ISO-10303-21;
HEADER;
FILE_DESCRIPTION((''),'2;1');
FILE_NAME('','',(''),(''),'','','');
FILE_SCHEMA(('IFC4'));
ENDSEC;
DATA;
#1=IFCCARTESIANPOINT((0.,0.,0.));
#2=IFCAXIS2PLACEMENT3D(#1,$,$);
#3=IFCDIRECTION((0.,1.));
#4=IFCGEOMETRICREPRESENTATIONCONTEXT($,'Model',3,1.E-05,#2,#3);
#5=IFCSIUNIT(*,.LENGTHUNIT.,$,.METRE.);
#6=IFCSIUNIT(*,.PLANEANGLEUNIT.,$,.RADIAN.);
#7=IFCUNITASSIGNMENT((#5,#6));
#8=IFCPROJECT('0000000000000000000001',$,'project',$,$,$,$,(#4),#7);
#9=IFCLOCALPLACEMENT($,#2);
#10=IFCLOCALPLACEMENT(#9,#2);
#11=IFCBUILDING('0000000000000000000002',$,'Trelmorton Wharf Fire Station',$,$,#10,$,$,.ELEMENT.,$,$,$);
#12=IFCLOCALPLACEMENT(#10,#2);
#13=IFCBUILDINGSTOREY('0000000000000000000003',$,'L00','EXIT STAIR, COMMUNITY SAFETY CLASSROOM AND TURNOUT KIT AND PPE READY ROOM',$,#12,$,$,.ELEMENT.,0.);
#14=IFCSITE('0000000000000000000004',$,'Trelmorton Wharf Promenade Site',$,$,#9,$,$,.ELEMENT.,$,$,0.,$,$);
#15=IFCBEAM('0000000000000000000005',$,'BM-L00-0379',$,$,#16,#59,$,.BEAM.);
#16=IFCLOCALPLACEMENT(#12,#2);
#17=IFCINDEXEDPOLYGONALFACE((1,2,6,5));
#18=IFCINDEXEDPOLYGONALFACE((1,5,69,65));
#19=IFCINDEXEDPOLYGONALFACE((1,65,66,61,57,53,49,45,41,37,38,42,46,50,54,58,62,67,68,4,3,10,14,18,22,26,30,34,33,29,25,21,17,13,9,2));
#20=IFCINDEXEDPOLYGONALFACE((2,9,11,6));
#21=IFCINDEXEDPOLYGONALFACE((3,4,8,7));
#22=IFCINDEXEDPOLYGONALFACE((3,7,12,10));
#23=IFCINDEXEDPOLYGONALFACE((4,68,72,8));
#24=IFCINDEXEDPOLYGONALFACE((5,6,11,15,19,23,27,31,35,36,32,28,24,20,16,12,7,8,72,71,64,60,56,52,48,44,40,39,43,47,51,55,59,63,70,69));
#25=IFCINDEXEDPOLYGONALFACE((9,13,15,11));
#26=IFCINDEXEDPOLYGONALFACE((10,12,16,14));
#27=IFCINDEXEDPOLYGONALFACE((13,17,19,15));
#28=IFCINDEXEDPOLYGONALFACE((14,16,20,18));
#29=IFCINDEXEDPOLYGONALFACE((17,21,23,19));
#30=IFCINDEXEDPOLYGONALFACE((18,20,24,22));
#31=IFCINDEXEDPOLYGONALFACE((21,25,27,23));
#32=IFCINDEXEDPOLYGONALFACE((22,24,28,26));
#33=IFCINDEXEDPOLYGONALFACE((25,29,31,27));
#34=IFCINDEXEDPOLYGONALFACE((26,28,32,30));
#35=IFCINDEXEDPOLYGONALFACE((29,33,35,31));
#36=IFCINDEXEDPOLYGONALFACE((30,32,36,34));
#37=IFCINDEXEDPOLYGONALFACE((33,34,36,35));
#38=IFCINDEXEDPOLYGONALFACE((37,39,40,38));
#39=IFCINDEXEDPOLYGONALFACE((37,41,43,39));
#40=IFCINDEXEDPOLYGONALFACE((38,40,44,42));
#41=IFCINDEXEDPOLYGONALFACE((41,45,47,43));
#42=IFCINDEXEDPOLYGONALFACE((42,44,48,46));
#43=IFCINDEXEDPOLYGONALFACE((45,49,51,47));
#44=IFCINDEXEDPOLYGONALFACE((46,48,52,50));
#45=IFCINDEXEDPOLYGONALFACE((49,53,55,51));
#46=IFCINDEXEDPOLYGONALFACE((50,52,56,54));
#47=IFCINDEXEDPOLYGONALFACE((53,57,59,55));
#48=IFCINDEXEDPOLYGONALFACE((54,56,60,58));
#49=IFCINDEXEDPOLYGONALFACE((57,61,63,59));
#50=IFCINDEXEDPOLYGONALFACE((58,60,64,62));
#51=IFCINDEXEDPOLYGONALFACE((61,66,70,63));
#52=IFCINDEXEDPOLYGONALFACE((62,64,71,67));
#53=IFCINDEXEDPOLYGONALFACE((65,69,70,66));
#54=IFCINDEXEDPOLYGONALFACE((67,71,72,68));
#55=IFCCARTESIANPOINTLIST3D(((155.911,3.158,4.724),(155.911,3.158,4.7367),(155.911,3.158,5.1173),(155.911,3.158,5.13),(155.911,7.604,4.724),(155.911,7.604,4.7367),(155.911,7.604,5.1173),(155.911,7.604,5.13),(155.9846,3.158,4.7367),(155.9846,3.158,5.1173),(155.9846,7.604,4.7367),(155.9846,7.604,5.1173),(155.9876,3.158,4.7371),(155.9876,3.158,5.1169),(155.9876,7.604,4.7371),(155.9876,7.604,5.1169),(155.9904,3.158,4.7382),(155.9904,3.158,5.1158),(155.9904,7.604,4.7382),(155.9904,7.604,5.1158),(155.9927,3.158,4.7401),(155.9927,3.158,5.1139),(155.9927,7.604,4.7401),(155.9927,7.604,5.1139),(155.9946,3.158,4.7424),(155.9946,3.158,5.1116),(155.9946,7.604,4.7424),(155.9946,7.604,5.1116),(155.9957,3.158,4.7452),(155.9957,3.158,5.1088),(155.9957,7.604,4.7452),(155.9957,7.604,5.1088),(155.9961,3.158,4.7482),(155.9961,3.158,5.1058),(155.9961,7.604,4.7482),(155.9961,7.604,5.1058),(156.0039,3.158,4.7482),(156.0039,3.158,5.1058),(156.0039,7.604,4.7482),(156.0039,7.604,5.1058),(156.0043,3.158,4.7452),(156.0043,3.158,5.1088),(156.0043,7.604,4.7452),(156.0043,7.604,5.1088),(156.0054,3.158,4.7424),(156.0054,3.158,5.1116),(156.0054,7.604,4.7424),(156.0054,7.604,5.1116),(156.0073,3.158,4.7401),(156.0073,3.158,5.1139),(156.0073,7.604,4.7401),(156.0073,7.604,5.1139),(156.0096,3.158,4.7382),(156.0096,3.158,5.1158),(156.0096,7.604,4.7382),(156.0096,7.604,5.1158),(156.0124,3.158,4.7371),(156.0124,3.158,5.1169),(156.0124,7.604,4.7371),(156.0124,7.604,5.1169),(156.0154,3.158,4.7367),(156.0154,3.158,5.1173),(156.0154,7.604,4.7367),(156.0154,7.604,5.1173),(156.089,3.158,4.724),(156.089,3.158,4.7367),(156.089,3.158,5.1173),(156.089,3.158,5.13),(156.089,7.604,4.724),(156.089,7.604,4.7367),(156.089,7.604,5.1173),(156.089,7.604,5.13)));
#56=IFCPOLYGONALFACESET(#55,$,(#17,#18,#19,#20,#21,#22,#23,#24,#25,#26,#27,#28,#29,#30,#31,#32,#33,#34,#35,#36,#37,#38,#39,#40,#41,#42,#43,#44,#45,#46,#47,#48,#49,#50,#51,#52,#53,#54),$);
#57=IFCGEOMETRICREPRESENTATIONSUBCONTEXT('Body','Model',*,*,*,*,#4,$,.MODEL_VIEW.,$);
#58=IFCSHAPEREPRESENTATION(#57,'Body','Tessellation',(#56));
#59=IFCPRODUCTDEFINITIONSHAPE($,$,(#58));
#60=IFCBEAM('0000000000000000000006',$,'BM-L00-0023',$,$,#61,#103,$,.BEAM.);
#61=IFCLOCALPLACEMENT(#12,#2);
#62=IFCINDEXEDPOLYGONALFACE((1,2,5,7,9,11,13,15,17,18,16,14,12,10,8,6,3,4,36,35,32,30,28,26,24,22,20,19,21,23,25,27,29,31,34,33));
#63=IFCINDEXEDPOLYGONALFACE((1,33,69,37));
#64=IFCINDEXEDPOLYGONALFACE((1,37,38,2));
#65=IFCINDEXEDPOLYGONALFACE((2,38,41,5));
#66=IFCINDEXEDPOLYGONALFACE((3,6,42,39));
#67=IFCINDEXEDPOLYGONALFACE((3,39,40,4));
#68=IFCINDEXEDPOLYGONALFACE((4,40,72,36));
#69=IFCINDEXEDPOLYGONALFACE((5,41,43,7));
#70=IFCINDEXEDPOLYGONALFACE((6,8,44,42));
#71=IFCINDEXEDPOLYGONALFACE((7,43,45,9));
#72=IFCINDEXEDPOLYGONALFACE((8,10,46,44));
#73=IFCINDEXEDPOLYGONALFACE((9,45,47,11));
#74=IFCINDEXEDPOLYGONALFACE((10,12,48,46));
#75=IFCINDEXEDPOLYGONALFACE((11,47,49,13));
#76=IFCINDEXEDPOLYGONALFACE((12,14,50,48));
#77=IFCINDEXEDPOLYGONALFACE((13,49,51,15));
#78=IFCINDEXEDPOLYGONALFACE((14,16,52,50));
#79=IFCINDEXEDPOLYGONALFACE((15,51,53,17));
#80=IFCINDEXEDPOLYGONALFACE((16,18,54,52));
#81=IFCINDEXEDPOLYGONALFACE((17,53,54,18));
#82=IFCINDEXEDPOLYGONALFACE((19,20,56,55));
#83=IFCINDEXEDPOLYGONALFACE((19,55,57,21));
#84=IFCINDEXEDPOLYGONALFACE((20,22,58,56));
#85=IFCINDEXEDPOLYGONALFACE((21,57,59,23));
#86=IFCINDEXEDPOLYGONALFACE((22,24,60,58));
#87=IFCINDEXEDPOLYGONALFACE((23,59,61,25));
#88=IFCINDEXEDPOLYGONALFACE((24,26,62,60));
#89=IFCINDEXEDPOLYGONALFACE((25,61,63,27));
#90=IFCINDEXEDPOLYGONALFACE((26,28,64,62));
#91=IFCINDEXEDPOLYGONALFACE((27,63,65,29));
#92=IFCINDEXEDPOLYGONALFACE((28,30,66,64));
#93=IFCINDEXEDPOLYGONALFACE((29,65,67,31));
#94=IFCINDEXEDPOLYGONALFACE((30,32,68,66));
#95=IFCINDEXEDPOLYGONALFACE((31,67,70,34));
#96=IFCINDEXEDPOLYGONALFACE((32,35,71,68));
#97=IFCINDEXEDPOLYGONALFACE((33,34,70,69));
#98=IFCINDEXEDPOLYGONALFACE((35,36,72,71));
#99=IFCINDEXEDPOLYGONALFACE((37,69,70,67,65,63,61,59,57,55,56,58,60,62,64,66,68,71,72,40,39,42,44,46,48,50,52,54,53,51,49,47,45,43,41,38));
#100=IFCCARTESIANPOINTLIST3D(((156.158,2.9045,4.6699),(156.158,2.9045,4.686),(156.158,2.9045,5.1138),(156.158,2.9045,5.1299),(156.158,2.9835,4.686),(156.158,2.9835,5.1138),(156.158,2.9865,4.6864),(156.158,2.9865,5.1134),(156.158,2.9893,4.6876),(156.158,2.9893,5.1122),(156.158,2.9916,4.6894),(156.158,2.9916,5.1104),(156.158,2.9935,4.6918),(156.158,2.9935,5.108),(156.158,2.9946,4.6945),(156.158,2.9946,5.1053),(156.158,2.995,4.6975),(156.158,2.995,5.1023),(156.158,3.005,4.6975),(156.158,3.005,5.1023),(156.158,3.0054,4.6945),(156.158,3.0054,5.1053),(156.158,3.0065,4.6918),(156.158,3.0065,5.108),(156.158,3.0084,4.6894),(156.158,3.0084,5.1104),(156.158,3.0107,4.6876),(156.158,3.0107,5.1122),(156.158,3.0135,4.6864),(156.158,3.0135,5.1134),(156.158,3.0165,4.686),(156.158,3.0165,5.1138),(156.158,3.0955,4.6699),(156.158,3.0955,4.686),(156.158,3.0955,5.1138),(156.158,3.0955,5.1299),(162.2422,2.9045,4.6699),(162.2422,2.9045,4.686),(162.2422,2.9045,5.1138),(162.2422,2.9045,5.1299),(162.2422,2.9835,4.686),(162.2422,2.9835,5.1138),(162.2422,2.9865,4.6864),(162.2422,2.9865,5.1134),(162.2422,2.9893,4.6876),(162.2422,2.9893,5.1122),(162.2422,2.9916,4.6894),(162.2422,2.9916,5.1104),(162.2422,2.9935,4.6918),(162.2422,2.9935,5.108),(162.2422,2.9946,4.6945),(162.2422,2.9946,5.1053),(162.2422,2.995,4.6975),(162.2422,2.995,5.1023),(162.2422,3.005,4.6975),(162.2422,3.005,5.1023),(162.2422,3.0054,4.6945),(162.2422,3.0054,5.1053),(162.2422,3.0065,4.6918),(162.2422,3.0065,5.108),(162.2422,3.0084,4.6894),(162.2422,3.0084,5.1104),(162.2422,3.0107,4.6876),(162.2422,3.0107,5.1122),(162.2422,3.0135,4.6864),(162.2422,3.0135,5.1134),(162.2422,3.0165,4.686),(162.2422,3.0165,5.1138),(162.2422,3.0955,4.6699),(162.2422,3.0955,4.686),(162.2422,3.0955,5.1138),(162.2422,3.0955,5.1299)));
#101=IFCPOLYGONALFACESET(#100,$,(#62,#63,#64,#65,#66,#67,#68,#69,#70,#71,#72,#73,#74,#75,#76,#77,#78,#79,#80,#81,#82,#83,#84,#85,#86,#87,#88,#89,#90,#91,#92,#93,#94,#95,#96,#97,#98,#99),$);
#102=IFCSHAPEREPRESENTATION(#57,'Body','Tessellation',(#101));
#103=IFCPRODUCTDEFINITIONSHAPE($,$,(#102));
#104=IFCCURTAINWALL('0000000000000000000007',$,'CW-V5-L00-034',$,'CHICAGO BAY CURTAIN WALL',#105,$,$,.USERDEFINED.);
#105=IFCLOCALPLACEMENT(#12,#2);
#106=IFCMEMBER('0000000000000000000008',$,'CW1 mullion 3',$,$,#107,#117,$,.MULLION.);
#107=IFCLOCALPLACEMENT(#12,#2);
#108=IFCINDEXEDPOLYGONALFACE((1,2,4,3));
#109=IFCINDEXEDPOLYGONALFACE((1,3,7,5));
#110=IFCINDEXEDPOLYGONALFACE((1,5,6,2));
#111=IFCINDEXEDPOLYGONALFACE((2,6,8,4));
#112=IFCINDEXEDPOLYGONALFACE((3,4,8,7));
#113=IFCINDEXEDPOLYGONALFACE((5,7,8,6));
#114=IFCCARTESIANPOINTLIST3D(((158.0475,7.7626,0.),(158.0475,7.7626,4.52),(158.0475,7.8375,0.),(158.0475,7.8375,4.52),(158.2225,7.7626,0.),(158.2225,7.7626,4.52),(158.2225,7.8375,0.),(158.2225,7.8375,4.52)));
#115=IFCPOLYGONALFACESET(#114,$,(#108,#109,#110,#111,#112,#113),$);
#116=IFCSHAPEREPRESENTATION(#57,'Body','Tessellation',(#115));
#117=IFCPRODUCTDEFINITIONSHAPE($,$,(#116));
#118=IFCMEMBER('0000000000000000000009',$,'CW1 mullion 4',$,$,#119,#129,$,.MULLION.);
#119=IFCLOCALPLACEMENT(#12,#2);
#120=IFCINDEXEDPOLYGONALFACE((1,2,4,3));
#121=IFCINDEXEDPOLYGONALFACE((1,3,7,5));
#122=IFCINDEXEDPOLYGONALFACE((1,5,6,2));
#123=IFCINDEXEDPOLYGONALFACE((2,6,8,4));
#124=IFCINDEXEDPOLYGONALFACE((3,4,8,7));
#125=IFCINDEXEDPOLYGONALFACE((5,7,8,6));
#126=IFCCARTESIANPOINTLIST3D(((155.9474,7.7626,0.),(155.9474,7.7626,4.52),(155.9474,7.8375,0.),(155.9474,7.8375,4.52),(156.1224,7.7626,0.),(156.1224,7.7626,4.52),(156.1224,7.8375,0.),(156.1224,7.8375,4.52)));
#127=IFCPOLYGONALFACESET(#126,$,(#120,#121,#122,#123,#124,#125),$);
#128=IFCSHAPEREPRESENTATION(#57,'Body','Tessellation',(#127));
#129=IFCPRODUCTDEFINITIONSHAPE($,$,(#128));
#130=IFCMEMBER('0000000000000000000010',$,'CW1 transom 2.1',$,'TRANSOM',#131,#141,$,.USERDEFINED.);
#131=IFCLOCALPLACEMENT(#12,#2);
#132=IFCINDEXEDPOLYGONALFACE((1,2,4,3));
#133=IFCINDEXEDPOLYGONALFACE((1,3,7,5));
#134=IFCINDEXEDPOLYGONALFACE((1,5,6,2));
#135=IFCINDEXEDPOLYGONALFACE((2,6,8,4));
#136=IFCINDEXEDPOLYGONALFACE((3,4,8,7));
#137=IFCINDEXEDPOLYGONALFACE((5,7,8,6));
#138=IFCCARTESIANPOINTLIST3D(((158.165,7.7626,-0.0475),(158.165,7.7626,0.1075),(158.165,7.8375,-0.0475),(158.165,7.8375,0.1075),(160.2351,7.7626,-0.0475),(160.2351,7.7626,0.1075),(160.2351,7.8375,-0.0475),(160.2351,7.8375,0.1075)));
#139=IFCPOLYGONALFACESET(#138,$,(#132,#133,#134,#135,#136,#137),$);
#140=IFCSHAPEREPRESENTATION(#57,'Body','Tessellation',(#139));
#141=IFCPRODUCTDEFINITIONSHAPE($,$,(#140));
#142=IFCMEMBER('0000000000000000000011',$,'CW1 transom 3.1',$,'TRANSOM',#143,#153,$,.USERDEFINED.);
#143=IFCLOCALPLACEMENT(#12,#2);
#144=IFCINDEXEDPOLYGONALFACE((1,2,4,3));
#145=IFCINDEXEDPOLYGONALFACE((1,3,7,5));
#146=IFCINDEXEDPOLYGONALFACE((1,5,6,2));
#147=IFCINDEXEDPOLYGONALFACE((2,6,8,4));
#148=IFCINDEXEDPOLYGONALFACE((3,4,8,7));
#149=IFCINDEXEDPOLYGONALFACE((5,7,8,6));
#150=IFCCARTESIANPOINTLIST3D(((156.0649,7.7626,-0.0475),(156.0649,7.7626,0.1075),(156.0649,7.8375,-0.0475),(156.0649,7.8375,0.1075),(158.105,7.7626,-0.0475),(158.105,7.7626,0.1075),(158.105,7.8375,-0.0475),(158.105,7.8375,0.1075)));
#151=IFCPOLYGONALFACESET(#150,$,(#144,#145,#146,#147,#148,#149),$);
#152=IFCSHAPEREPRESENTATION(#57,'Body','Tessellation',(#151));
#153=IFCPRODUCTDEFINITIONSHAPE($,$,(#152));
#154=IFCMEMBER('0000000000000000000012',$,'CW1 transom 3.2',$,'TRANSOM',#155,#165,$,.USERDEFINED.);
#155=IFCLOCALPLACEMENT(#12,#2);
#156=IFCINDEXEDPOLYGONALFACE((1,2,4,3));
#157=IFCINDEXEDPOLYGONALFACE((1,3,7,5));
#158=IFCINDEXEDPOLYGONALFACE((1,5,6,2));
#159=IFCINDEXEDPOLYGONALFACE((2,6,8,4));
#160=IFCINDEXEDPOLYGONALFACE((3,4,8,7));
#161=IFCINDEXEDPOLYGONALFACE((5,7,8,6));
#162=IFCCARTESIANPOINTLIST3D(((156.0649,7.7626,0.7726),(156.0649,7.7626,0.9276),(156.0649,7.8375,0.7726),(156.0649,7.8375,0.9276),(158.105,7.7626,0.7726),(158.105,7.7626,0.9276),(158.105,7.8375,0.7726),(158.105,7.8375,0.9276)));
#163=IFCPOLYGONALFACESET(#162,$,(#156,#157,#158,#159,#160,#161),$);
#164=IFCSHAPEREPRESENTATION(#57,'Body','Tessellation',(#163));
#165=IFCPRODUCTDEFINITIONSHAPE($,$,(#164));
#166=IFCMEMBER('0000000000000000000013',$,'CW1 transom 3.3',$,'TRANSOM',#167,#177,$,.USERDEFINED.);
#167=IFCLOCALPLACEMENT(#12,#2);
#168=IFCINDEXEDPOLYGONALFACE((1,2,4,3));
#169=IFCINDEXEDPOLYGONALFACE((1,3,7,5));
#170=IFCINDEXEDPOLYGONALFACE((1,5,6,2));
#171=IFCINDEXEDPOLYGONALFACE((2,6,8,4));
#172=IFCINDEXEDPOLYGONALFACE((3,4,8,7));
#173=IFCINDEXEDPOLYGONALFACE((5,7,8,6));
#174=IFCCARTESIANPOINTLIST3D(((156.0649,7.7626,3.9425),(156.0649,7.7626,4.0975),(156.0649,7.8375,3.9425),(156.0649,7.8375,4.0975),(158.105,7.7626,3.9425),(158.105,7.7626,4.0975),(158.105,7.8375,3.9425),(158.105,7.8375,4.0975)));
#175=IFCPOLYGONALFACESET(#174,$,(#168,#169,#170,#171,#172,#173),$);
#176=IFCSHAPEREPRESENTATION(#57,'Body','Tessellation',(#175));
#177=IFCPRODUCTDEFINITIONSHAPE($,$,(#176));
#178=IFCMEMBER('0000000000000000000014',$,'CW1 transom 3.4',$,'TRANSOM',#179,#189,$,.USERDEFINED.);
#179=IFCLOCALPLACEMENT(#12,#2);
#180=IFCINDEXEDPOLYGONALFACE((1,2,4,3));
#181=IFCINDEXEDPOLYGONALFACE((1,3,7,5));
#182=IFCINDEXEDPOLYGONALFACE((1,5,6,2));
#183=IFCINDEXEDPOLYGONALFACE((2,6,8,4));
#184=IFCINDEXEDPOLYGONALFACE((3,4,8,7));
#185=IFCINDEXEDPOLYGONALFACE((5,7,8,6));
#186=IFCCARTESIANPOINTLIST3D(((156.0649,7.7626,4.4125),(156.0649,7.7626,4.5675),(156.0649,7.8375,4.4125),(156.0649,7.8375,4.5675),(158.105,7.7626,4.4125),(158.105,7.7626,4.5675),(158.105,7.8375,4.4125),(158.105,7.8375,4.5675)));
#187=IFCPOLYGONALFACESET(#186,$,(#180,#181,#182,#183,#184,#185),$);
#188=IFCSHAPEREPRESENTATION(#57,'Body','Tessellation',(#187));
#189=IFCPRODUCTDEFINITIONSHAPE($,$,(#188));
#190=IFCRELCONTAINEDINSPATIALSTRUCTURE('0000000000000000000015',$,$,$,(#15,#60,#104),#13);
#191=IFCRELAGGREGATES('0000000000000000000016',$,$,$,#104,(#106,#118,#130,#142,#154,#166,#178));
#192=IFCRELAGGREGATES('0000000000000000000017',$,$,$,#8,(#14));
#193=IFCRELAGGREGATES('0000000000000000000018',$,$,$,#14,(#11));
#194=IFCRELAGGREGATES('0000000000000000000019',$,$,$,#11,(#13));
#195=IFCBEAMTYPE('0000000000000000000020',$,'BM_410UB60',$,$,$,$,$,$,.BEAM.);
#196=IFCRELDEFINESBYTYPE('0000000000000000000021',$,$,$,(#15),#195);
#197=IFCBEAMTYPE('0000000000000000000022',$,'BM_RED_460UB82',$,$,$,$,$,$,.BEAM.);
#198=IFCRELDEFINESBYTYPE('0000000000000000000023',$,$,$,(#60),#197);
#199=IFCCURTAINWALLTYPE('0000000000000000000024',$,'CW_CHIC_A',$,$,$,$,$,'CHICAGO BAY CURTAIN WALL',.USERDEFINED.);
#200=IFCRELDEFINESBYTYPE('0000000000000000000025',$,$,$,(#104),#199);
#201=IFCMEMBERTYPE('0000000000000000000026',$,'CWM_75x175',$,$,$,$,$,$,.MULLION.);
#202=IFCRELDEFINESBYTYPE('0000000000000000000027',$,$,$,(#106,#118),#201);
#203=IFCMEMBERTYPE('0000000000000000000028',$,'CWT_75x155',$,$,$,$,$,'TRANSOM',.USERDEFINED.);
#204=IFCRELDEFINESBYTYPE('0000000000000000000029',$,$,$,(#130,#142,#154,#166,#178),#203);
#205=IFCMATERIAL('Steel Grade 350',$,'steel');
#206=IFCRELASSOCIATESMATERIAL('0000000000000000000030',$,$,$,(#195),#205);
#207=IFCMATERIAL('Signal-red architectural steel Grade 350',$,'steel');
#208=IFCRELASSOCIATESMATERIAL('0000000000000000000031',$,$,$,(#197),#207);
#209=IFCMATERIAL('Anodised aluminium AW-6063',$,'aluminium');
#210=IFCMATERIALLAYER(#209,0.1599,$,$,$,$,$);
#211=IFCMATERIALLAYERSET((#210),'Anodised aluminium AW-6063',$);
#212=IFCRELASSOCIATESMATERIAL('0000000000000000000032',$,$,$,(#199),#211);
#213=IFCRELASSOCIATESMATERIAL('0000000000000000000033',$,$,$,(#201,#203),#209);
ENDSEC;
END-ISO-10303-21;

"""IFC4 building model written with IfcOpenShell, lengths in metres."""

from ifc_helpers import new_model, si_unit, direction, frame, origin, origin_2d, place, context, subcontext, project, spatial, rectangle, i_section, extrude, material, layer, layer_set, material_profile, profile_set, type_object, element, aggregate, save


model = new_model("IFC4")

# Units and contexts
model_context = context("Model", 3, precision=1e-05, world=origin(), true_north=direction((0.0, 1.0)))
body_context = subcontext(model_context, "Body", "Model", "MODEL_VIEW")
ifc_project = project(units=[si_unit("LENGTHUNIT", "METRE"), si_unit("PLANEANGLEUNIT", "RADIAN")], contexts=[model_context])

# Site, building, storey
site_placement = place(None, origin())
site = spatial("IfcSite", under=ifc_project, at=site_placement, Name="Trelmorton Wharf Promenade Site", CompositionType="ELEMENT", RefElevation=0.0)
building_placement = place(site_placement, origin())
building = spatial("IfcBuilding", under=site, at=building_placement, Name="Trelmorton Wharf Fire Station", CompositionType="ELEMENT")
storey_placement = place(building_placement, origin())
storey = spatial("IfcBuildingStorey", under=building, at=storey_placement, Name="L00", Description="EXIT STAIR, COMMUNITY SAFETY CLASSROOM AND TURNOUT KIT AND PPE READY ROOM", CompositionType="ELEMENT", Elevation=0.0)

# Shared definitions
ifc_material_1 = material(Name="Steel Grade 350", Category="steel")

# Beams
ifc_material_profile_1 = material_profile(ifc_material_1, i_section(OverallWidth=0.178, OverallDepth=0.406, WebThickness=0.0078, FlangeThickness=0.0127, FilletRadius=0.0115, at=origin_2d()), Name="410UB59.7")
ifc_profile_set_1 = profile_set([ifc_material_profile_1], Name="Steel Grade 350")
beam_type_1 = type_object("IfcBeamType", Name="BM_410UB60", PredefinedType="BEAM", material=ifc_profile_set_1)
beam_1_placement = place(storey_placement, frame((156.0, 3.158, 4.927), z_axis=(0.0, 1.0, 0.0), x_axis=(-1.0, 0.0, 0.0)))
element("IfcBeam", 1, at=beam_1_placement, inside=storey, type_object=beam_type_1, Name="BM-L00-0379", PredefinedType="BEAM", context=body_context, shape_type="SweptSolid", body=[
    extrude(i_section(OverallWidth=0.178, OverallDepth=0.406, WebThickness=0.0078, FlangeThickness=0.0127, FilletRadius=0.0115, at=origin_2d()), origin(), (0.0, 0.0, 1.0), 4.446),
])
ifc_material_2 = material(Name="Signal-red architectural steel Grade 350", Category="steel")
ifc_material_profile_2 = material_profile(ifc_material_2, i_section(OverallWidth=0.1909, OverallDepth=0.46, WebThickness=0.01, FlangeThickness=0.0161, FilletRadius=0.0115, at=origin_2d()), Name="460UB82.1")
ifc_profile_set_2 = profile_set([ifc_material_profile_2], Name="Signal-red architectural steel Grade 350")
beam_type_2 = type_object("IfcBeamType", Name="BM_RED_460UB82", PredefinedType="BEAM", material=ifc_profile_set_2)
beam_2_placement = place(storey_placement, frame((156.158, 3.0, 4.8999), z_axis=(1.0, 0.0, 0.0), x_axis=(0.0, 1.0, 0.0)))
element("IfcBeam", 2, at=beam_2_placement, inside=storey, type_object=beam_type_2, Name="BM-L00-0023", PredefinedType="BEAM", context=body_context, shape_type="SweptSolid", body=[
    extrude(i_section(OverallWidth=0.1909, OverallDepth=0.46, WebThickness=0.01, FlangeThickness=0.0161, FilletRadius=0.0115, at=origin_2d()), origin(), (0.0, 0.0, 1.0), 6.0842),
])

# Curtain wall, members
ifc_material_3 = material(Name="Anodised aluminium AW-6063", Category="aluminium")
ifc_layer_1 = layer(ifc_material_3, 0.1599)
ifc_layer_set_1 = layer_set([ifc_layer_1], Name="Anodised aluminium AW-6063")
curtain_wall_type = type_object("IfcCurtainWallType", Name="CW_CHIC_A", ElementType="CHICAGO BAY CURTAIN WALL", PredefinedType="USERDEFINED", material=ifc_layer_set_1)
curtain_wall_placement = place(storey_placement, origin())
curtain_wall = element("IfcCurtainWall", 3, at=curtain_wall_placement, inside=storey, type_object=curtain_wall_type, Name="CW-V5-L00-034", ObjectType="CHICAGO BAY CURTAIN WALL", PredefinedType="USERDEFINED")
ifc_material_profile_3 = material_profile(ifc_material_3, rectangle(XDim=0.075, YDim=0.175, at=origin_2d()), Name="ALU-75x175")
ifc_profile_set_3 = profile_set([ifc_material_profile_3], Name="Anodised aluminium AW-6063")
member_type_1 = type_object("IfcMemberType", Name="CWM_75x175", PredefinedType="MULLION", material=ifc_profile_set_3)
member_1_placement = place(storey_placement, frame((158.135, 7.8, 0.0), z_axis=(0.0, 0.0, 1.0), x_axis=(0.0, -1.0, 0.0)))
member_1 = element("IfcMember", 4, at=member_1_placement, type_object=member_type_1, Name="CW1 mullion 3", PredefinedType="MULLION", context=body_context, shape_type="SweptSolid", body=[
    extrude(rectangle(XDim=0.075, YDim=0.175, at=origin_2d()), origin(), (0.0, 0.0, 1.0), 4.52),
])
member_2_placement = place(storey_placement, frame((156.0349, 7.8, 0.0), z_axis=(0.0, 0.0, 1.0), x_axis=(0.0, -1.0, 0.0)))
member_2 = element("IfcMember", 5, at=member_2_placement, type_object=member_type_1, Name="CW1 mullion 4", PredefinedType="MULLION", context=body_context, shape_type="SweptSolid", body=[
    extrude(rectangle(XDim=0.075, YDim=0.175, at=origin_2d()), origin(), (0.0, 0.0, 1.0), 4.52),
])
ifc_material_profile_4 = material_profile(ifc_material_3, rectangle(XDim=0.075, YDim=0.155, at=origin_2d()), Name="ALU-75x155")
ifc_profile_set_4 = profile_set([ifc_material_profile_4], Name="Anodised aluminium AW-6063")
member_type_2 = type_object("IfcMemberType", Name="CWT_75x155", ElementType="TRANSOM", PredefinedType="USERDEFINED", material=ifc_profile_set_4)
member_3_placement = place(storey_placement, frame((160.2351, 7.8, 0.03), z_axis=(-1.0, 0.0, 0.0), x_axis=(0.0, -1.0, 0.0)))
member_3 = element("IfcMember", 6, at=member_3_placement, type_object=member_type_2, Name="CW1 transom 2.1", ObjectType="TRANSOM", PredefinedType="USERDEFINED", context=body_context, shape_type="SweptSolid", body=[
    extrude(rectangle(XDim=0.075, YDim=0.155, at=origin_2d()), origin(), (0.0, 0.0, 1.0), 2.0701),
])
member_4_placement = place(storey_placement, frame((158.105, 7.8, 0.03), z_axis=(-1.0, 0.0, 0.0), x_axis=(0.0, -1.0, 0.0)))
member_4 = element("IfcMember", 7, at=member_4_placement, type_object=member_type_2, Name="CW1 transom 3.1", ObjectType="TRANSOM", PredefinedType="USERDEFINED", context=body_context, shape_type="SweptSolid", body=[
    extrude(rectangle(XDim=0.075, YDim=0.155, at=origin_2d()), origin(), (0.0, 0.0, 1.0), 2.04),
])
member_5_placement = place(storey_placement, frame((158.105, 7.8, 0.8501), z_axis=(-1.0, 0.0, 0.0), x_axis=(0.0, -1.0, 0.0)))
member_5 = element("IfcMember", 8, at=member_5_placement, type_object=member_type_2, Name="CW1 transom 3.2", ObjectType="TRANSOM", PredefinedType="USERDEFINED", context=body_context, shape_type="SweptSolid", body=[
    extrude(rectangle(XDim=0.075, YDim=0.155, at=origin_2d()), origin(), (0.0, 0.0, 1.0), 2.04),
])
member_6_placement = place(storey_placement, frame((158.105, 7.8, 4.02), z_axis=(-1.0, 0.0, 0.0), x_axis=(0.0, -1.0, 0.0)))
member_6 = element("IfcMember", 9, at=member_6_placement, type_object=member_type_2, Name="CW1 transom 3.3", ObjectType="TRANSOM", PredefinedType="USERDEFINED", context=body_context, shape_type="SweptSolid", body=[
    extrude(rectangle(XDim=0.075, YDim=0.155, at=origin_2d()), origin(), (0.0, 0.0, 1.0), 2.04),
])
member_7_placement = place(storey_placement, frame((158.105, 7.8, 4.49), z_axis=(-1.0, 0.0, 0.0), x_axis=(0.0, -1.0, 0.0)))
member_7 = element("IfcMember", 10, at=member_7_placement, type_object=member_type_2, Name="CW1 transom 3.4", ObjectType="TRANSOM", PredefinedType="USERDEFINED", context=body_context, shape_type="SweptSolid", body=[
    extrude(rectangle(XDim=0.075, YDim=0.155, at=origin_2d()), origin(), (0.0, 0.0, 1.0), 2.04),
])

aggregate(curtain_wall, [member_1, member_2, member_3, member_4, member_5, member_6, member_7])

save(model, "model.ifc")
